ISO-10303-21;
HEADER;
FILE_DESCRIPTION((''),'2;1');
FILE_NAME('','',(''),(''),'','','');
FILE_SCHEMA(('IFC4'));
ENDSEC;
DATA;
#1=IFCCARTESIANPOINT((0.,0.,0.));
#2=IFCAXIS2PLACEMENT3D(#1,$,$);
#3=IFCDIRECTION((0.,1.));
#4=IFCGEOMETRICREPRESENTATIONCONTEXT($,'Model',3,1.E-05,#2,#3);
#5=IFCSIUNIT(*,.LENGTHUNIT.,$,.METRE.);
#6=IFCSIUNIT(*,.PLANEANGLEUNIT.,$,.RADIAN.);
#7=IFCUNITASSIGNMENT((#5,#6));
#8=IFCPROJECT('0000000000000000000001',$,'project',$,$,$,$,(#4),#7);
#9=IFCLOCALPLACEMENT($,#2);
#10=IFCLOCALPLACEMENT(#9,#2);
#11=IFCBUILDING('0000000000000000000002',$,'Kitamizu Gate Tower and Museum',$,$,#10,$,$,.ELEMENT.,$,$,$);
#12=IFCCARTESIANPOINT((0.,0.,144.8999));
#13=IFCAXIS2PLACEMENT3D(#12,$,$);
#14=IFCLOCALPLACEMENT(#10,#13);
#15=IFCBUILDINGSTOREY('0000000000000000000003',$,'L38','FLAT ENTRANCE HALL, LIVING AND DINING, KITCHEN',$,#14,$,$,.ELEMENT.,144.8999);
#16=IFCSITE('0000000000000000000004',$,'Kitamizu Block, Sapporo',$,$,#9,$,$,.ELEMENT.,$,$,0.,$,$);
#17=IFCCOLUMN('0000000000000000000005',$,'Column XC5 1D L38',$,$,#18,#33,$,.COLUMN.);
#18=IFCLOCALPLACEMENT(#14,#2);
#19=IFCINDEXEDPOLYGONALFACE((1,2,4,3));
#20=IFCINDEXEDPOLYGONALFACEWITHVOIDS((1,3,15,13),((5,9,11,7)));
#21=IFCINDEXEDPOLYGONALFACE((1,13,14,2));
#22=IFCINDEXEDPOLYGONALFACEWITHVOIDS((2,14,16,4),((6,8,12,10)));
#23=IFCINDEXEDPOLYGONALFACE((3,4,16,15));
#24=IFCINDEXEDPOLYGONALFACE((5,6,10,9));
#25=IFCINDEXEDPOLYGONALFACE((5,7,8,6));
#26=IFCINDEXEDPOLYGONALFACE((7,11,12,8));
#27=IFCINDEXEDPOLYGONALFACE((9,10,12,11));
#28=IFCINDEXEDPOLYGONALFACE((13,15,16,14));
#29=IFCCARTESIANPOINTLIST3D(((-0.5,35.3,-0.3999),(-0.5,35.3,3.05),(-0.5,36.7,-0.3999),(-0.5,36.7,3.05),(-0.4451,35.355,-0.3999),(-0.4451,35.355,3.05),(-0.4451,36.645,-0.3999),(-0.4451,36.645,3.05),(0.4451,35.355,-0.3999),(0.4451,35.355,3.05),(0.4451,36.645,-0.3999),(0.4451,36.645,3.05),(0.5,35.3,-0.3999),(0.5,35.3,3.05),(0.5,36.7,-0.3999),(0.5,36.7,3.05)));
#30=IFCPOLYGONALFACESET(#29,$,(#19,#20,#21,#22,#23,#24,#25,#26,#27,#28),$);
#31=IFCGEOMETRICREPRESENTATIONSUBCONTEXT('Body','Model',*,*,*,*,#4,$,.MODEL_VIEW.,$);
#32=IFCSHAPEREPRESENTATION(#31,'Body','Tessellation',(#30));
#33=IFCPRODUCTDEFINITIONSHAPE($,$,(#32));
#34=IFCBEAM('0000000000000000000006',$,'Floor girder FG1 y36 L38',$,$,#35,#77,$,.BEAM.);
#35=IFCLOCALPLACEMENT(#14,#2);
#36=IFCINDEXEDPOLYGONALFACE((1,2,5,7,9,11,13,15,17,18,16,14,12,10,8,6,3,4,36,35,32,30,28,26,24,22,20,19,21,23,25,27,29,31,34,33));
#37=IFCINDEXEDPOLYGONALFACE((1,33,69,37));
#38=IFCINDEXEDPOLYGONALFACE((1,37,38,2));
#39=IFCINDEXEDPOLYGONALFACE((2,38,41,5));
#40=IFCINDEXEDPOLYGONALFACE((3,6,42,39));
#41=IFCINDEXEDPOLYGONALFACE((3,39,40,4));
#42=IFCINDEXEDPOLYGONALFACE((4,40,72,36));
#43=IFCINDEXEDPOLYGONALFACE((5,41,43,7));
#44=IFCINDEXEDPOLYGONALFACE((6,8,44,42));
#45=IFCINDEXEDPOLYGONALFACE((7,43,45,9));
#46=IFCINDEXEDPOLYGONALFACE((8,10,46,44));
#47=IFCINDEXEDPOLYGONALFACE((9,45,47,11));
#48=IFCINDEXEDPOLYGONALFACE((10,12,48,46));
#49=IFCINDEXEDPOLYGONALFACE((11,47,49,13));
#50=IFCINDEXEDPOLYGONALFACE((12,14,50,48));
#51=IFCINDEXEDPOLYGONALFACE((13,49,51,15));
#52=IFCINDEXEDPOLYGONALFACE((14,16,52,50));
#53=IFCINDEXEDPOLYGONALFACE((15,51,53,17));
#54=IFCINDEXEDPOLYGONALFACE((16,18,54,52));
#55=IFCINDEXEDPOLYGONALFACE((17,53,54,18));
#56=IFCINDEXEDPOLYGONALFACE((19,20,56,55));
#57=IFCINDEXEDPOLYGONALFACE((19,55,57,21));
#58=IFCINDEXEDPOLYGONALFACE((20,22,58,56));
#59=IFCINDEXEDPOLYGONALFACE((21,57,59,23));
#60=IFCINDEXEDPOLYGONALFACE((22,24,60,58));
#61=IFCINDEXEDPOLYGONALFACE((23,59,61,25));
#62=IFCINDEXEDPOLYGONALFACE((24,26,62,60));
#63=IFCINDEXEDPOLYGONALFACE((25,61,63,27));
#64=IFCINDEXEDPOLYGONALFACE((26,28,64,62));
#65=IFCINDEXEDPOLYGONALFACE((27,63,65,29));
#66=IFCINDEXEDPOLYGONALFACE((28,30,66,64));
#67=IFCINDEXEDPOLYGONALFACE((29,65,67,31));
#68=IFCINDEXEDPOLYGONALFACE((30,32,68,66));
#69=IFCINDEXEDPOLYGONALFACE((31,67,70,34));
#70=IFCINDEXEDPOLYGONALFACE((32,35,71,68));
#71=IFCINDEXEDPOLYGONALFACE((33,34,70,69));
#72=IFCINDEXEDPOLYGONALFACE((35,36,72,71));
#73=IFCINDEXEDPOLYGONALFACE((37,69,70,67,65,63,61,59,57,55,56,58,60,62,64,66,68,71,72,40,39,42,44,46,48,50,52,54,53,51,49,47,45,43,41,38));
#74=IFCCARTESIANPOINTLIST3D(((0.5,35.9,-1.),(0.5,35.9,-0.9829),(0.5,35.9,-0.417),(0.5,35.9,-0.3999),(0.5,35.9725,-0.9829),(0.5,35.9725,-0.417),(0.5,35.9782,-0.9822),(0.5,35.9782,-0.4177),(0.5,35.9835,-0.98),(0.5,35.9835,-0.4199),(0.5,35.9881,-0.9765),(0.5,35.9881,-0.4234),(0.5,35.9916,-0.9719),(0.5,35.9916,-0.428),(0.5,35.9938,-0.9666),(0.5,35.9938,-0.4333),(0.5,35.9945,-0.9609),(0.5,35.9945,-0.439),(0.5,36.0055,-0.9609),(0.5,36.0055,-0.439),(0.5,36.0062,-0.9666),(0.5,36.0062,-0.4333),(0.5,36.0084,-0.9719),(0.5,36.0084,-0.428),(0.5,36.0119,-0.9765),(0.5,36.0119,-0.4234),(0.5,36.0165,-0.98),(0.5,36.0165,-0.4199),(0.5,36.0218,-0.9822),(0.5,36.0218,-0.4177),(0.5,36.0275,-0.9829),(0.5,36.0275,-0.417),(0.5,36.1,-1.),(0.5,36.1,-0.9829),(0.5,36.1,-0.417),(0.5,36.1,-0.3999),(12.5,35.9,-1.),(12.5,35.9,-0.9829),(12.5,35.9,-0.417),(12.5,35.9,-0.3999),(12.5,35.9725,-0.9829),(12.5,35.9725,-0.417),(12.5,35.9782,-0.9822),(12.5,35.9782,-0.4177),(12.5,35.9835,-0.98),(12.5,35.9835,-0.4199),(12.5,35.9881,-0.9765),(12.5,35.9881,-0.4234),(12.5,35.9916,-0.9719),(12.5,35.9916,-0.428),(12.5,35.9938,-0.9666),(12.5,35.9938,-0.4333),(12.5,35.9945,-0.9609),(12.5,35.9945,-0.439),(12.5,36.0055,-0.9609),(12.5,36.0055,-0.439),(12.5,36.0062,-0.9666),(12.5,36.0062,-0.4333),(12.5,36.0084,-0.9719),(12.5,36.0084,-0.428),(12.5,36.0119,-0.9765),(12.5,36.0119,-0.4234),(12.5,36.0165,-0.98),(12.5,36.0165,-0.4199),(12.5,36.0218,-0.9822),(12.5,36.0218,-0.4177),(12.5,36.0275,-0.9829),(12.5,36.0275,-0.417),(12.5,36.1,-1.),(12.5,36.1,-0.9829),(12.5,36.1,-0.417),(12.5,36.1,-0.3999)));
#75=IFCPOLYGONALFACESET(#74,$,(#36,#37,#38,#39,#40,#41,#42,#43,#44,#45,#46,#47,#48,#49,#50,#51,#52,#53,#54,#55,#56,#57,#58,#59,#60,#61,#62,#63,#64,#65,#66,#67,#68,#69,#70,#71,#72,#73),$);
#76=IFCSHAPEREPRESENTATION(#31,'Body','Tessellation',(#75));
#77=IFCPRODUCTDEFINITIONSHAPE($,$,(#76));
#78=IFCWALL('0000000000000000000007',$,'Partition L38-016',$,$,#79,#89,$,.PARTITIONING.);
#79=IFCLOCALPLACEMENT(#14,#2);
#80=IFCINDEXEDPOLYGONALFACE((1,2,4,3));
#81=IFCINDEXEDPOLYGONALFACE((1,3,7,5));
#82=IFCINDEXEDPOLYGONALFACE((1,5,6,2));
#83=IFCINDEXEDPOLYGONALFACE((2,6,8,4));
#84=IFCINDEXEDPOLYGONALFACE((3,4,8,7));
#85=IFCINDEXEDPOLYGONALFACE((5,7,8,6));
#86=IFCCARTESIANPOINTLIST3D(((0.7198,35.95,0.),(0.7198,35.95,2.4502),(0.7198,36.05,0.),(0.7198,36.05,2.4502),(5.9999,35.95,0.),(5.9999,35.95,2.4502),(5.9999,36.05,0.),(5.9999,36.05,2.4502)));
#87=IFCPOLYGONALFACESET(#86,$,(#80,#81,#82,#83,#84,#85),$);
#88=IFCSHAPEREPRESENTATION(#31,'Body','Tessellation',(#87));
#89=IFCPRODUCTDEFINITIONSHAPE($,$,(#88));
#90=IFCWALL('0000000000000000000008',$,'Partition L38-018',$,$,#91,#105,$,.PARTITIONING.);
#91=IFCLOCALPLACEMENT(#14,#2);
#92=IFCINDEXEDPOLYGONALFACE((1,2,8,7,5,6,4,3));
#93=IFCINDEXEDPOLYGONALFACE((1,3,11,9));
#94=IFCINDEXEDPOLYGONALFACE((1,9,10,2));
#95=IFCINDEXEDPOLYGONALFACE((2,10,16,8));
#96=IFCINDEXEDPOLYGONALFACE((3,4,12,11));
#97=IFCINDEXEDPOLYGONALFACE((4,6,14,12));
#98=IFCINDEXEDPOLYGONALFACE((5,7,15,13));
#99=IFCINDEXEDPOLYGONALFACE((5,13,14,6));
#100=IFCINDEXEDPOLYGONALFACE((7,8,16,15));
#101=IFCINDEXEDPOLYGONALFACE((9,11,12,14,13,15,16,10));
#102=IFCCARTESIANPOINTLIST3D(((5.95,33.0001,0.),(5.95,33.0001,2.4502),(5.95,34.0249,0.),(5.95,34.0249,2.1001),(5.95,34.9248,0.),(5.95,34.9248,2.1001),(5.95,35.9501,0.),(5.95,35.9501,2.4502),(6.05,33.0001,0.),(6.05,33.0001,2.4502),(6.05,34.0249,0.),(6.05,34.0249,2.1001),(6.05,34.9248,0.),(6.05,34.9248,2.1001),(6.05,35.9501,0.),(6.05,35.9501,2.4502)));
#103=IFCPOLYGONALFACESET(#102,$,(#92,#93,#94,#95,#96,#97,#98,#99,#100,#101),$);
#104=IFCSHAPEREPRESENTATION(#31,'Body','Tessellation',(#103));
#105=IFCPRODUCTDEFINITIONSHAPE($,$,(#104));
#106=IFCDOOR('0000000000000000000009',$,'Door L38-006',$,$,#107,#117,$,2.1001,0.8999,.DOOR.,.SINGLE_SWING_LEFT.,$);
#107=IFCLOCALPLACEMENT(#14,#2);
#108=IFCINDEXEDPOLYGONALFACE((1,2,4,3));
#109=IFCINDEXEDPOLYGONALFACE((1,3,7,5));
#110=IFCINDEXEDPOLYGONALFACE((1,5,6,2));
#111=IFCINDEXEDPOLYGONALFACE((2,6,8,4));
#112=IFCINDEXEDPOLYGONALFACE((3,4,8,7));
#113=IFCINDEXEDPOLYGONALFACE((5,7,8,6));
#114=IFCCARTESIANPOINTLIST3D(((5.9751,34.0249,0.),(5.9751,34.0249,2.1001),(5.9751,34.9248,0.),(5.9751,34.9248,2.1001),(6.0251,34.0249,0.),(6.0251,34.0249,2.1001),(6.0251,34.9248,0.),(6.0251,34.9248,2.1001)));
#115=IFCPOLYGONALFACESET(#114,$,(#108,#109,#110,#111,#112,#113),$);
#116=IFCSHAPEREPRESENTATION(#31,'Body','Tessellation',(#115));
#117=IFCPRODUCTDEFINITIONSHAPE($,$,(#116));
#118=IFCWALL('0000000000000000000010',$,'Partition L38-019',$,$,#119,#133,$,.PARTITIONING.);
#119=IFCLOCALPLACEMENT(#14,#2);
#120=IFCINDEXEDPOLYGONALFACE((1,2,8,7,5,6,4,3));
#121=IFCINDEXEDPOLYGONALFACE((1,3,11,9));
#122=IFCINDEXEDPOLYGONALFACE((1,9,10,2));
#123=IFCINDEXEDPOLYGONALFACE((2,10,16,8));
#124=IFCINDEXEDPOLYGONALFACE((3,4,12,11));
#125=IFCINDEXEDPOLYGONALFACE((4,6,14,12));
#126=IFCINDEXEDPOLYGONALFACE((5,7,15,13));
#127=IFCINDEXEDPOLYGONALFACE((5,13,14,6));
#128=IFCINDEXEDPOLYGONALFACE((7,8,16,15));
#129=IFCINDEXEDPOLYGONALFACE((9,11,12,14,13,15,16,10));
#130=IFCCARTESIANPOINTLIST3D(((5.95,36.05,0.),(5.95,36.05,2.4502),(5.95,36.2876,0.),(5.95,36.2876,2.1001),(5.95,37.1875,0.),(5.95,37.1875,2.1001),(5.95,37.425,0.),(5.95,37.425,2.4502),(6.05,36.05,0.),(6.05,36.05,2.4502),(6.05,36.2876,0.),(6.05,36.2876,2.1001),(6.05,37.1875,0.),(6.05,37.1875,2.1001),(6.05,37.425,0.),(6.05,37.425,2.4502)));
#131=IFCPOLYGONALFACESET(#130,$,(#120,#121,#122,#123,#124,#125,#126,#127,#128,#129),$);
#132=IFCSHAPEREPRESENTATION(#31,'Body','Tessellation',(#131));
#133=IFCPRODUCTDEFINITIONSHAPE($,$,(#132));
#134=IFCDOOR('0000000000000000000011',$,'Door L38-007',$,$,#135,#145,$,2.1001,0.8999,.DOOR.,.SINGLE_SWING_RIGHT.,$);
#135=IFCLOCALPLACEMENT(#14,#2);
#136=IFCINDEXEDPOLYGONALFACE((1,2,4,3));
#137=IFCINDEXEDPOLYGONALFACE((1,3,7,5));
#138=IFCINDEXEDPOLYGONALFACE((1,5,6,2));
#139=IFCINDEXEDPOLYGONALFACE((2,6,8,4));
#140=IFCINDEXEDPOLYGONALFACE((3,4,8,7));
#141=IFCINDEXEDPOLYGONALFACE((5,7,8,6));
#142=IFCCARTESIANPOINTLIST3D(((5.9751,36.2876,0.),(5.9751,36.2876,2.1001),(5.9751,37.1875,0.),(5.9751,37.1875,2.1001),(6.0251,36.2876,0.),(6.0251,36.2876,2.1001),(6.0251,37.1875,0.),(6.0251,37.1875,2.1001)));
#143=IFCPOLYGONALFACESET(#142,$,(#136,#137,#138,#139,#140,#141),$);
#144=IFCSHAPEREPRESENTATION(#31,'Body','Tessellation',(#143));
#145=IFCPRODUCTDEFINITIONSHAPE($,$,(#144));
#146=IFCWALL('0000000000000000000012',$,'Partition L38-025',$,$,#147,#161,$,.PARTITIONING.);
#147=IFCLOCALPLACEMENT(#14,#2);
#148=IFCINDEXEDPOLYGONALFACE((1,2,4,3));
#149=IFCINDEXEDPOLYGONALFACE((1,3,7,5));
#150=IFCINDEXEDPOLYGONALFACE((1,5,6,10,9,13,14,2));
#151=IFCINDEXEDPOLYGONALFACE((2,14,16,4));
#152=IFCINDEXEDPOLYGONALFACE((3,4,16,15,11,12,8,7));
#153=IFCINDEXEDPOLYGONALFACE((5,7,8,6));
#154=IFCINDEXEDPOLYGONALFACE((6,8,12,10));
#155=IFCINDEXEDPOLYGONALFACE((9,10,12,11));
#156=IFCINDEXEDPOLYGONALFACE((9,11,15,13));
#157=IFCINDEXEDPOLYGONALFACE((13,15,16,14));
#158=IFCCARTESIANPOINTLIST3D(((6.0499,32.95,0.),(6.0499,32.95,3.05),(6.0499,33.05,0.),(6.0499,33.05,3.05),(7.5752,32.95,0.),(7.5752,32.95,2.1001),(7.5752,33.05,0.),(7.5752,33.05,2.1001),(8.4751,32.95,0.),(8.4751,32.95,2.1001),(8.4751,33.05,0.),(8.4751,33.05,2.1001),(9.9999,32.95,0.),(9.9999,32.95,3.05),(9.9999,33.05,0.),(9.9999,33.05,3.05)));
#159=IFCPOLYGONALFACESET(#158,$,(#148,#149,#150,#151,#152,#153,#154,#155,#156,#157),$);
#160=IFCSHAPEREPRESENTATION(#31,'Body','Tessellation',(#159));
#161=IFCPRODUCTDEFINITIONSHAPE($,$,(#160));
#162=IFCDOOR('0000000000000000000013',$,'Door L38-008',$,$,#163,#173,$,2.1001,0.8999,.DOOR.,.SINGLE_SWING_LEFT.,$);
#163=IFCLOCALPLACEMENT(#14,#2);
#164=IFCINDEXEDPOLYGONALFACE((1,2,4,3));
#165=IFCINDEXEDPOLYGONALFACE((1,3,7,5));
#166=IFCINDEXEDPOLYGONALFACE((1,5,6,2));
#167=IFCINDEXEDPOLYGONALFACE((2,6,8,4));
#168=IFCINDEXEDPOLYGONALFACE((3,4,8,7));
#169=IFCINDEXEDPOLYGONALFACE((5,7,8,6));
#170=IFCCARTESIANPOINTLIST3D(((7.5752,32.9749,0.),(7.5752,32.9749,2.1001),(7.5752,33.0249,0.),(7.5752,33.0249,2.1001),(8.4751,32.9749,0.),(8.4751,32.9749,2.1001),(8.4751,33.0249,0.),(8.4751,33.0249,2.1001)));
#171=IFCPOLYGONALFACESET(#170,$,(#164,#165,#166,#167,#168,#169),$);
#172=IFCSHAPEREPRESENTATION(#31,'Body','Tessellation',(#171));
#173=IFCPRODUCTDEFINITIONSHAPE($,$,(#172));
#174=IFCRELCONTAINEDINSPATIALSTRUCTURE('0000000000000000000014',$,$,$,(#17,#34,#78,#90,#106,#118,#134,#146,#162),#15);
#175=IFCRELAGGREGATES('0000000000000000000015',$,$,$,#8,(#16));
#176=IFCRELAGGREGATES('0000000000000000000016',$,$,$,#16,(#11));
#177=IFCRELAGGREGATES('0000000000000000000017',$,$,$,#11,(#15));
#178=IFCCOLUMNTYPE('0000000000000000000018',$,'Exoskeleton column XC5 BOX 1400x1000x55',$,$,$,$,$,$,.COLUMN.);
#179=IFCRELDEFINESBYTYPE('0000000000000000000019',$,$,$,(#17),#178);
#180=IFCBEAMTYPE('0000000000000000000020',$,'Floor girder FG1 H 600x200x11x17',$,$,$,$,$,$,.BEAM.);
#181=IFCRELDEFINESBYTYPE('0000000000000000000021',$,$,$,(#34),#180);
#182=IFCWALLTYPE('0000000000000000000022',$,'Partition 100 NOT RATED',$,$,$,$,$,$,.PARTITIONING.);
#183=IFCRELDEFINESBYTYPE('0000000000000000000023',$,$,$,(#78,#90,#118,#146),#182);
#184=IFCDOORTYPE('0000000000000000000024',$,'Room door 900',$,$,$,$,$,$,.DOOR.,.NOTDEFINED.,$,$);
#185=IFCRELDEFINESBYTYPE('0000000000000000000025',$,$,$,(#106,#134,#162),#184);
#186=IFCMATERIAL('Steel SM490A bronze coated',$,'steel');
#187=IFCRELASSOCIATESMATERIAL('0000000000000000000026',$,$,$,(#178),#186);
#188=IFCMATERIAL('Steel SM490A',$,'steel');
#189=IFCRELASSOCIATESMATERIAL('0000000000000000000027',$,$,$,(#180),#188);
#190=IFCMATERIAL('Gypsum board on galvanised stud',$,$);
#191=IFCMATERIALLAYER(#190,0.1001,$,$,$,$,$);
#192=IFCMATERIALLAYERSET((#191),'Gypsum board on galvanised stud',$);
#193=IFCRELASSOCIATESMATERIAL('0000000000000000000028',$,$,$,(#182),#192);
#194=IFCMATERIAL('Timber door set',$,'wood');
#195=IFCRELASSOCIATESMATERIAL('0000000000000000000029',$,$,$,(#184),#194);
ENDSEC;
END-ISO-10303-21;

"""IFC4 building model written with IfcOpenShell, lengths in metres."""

from ifc_helpers import new_model, si_unit, direction, frame, frame_2d, origin, origin_2d, place, context, subcontext, project, spatial, rectangle, hollow_rectangle, i_section, extrude, material, layer, layer_set, material_profile, profile_set, type_object, element, fill, save


model = new_model("IFC4")

# Units and contexts
model_context = context("Model", 3, precision=1e-05, world=origin(), true_north=direction((0.0, 1.0)))
body_context = subcontext(model_context, "Body", "Model", "MODEL_VIEW")
ifc_project = project(units=[si_unit("LENGTHUNIT", "METRE"), si_unit("PLANEANGLEUNIT", "RADIAN")], contexts=[model_context])

# Site, building, storey
site_placement = place(None, origin())
site = spatial("IfcSite", under=ifc_project, at=site_placement, Name="Kitamizu Block, Sapporo", CompositionType="ELEMENT", RefElevation=0.0)
building_placement = place(site_placement, origin())
building = spatial("IfcBuilding", under=site, at=building_placement, Name="Kitamizu Gate Tower and Museum", CompositionType="ELEMENT")
storey_placement = place(building_placement, frame((0.0, 0.0, 144.8999)))
storey = spatial("IfcBuildingStorey", under=building, at=storey_placement, Name="L38", Description="FLAT ENTRANCE HALL, LIVING AND DINING, KITCHEN", CompositionType="ELEMENT", Elevation=144.8999)

# Column
ifc_material_1 = material(Name="Steel SM490A bronze coated", Category="steel")
ifc_material_profile_1 = material_profile(ifc_material_1, hollow_rectangle(XDim=1.3999, YDim=1.0, WallThickness=0.0549, at=origin_2d()), Name="BOX 1400x1000x55")
ifc_profile_set_1 = profile_set([ifc_material_profile_1], Name="Steel SM490A bronze coated")
column_type = type_object("IfcColumnType", Name="Exoskeleton column XC5 BOX 1400x1000x55", PredefinedType="COLUMN", material=ifc_profile_set_1)
column_placement = place(storey_placement, frame((0.0, 36.0, -0.3999), z_axis=(0.0, 0.0, 1.0), x_axis=(0.0, 1.0, 0.0)))
element("IfcColumn", 1, at=column_placement, inside=storey, type_object=column_type, Name="Column XC5 1D L38", PredefinedType="COLUMN", context=body_context, shape_type="SweptSolid", body=[
    extrude(hollow_rectangle(XDim=1.3999, YDim=1.0, WallThickness=0.0549, at=origin_2d()), origin(), (0.0, 0.0, 1.0), 3.45),
])

# Beam
ifc_material_2 = material(Name="Steel SM490A", Category="steel")
ifc_material_profile_2 = material_profile(ifc_material_2, i_section(OverallWidth=0.2, OverallDepth=0.6001, WebThickness=0.011, FlangeThickness=0.0171, FilletRadius=0.022, at=origin_2d()), Name="H-600x200x11x17")
ifc_profile_set_2 = profile_set([ifc_material_profile_2], Name="Steel SM490A")
beam_type = type_object("IfcBeamType", Name="Floor girder FG1 H 600x200x11x17", PredefinedType="BEAM", material=ifc_profile_set_2)
beam_placement = place(storey_placement, frame((0.5, 36.0, -0.7), z_axis=(1.0, 0.0, 0.0), x_axis=(0.0, 1.0, 0.0)))
element("IfcBeam", 2, at=beam_placement, inside=storey, type_object=beam_type, Name="Floor girder FG1 y36 L38", PredefinedType="BEAM", context=body_context, shape_type="SweptSolid", body=[
    extrude(i_section(OverallWidth=0.2, OverallDepth=0.6001, WebThickness=0.011, FlangeThickness=0.0171, FilletRadius=0.022, at=origin_2d()), origin(), (0.0, 0.0, 1.0), 12.0),
])

# Wall
ifc_material_3 = material(Name="Gypsum board on galvanised stud")
ifc_layer_1 = layer(ifc_material_3, 0.1001)
ifc_layer_set_1 = layer_set([ifc_layer_1], Name="Gypsum board on galvanised stud")
wall_type_1 = type_object("IfcWallType", Name="Partition 100 NOT RATED", PredefinedType="PARTITIONING", material=ifc_layer_set_1)
wall_1_placement = place(storey_placement, frame((6.0, 36.0, 0.0), z_axis=(0.0, 0.0, 1.0), x_axis=(-1.0, 0.0, 0.0)))
element("IfcWall", 3, at=wall_1_placement, inside=storey, type_object=wall_type_1, Name="Partition L38-016", PredefinedType="PARTITIONING", context=body_context, shape_type="SweptSolid", body=[
    extrude(rectangle(XDim=5.28, YDim=0.1001, at=frame_2d((2.6401, 0.0))), origin(), (0.0, 0.0, 1.0), 2.4502),
])

# Walls, openings, doors
wall_2_placement = place(storey_placement, frame((6.0, 33.0, 0.0), z_axis=(0.0, 0.0, 1.0), x_axis=(0.0, 1.0, 0.0)))
wall_2 = element("IfcWall", 4, at=wall_2_placement, inside=storey, type_object=wall_type_1, Name="Partition L38-018", PredefinedType="PARTITIONING", context=body_context, shape_type="SweptSolid", body=[
    extrude(rectangle(XDim=2.95, YDim=0.1001, at=frame_2d((1.4751, 0.0))), origin(), (0.0, 0.0, 1.0), 2.4502),
])
opening_1_placement = place(wall_2_placement, frame((1.0249, 0.0, 0.0)))
opening_1 = element("IfcOpeningElement", 5, at=opening_1_placement, cuts=wall_2, PredefinedType="OPENING", context=body_context, shape_type="SweptSolid", body=[
    extrude(rectangle(XDim=0.8999, YDim=2.1001, at=frame_2d((0.45, 1.05))), frame((0.0, 0.0601, 0.0), z_axis=(0.0, -1.0, 0.0), x_axis=(1.0, 0.0, 0.0)), (0.0, 0.0, 1.0), 0.1201),
])
ifc_material_4 = material(Name="Timber door set", Category="wood")
door_type_1 = type_object("IfcDoorType", Name="Room door 900", OperationType="NOTDEFINED", PredefinedType="DOOR", material=ifc_material_4)
door_1_placement = place(opening_1_placement, origin())
door_1 = element("IfcDoor", 6, at=door_1_placement, inside=storey, type_object=door_type_1, Name="Door L38-006", OperationType="SINGLE_SWING_LEFT", OverallHeight=2.1001, OverallWidth=0.8999, PredefinedType="DOOR", context=body_context, shape_type="SweptSolid", body=[
    extrude(rectangle(XDim=0.8999, YDim=2.1001, at=frame_2d((0.45, 1.05))), frame((0.0, 0.0249, 0.0), z_axis=(0.0, -1.0, 0.0), x_axis=(1.0, 0.0, 0.0)), (0.0, 0.0, 1.0), 0.05),
])
fill(opening_1, door_1)
wall_3_placement = place(storey_placement, frame((6.0, 36.05, 0.0), z_axis=(0.0, 0.0, 1.0), x_axis=(0.0, 1.0, 0.0)))
wall_3 = element("IfcWall", 7, at=wall_3_placement, inside=storey, type_object=wall_type_1, Name="Partition L38-019", PredefinedType="PARTITIONING", context=body_context, shape_type="SweptSolid", body=[
    extrude(rectangle(XDim=1.375, YDim=0.1001, at=frame_2d((0.6875, 0.0))), origin(), (0.0, 0.0, 1.0), 2.4502),
])
opening_2_placement = place(wall_3_placement, frame((0.2375, 0.0, 0.0)))
opening_2 = element("IfcOpeningElement", 8, at=opening_2_placement, cuts=wall_3, PredefinedType="OPENING", context=body_context, shape_type="SweptSolid", body=[
    extrude(rectangle(XDim=0.8999, YDim=2.1001, at=frame_2d((0.45, 1.05))), frame((0.0, 0.0601, 0.0), z_axis=(0.0, -1.0, 0.0), x_axis=(1.0, 0.0, 0.0)), (0.0, 0.0, 1.0), 0.1201),
])
door_2_placement = place(opening_2_placement, origin())
door_2 = element("IfcDoor", 9, at=door_2_placement, inside=storey, type_object=door_type_1, Name="Door L38-007", OperationType="SINGLE_SWING_RIGHT", OverallHeight=2.1001, OverallWidth=0.8999, PredefinedType="DOOR", context=body_context, shape_type="SweptSolid", body=[
    extrude(rectangle(XDim=0.8999, YDim=2.1001, at=frame_2d((0.45, 1.05))), frame((0.0, 0.0249, 0.0), z_axis=(0.0, -1.0, 0.0), x_axis=(1.0, 0.0, 0.0)), (0.0, 0.0, 1.0), 0.05),
])
fill(opening_2, door_2)
wall_4_placement = place(storey_placement, frame((10.0, 33.0, 0.0), z_axis=(0.0, 0.0, 1.0), x_axis=(-1.0, 0.0, 0.0)))
wall_4 = element("IfcWall", 10, at=wall_4_placement, inside=storey, type_object=wall_type_1, Name="Partition L38-025", PredefinedType="PARTITIONING", context=body_context, shape_type="SweptSolid", body=[
    extrude(rectangle(XDim=3.95, YDim=0.1001, at=frame_2d((1.9751, 0.0))), origin(), (0.0, 0.0, 1.0), 3.05),
])
opening_3_placement = place(wall_4_placement, frame((1.5249, 0.0, 0.0)))
opening_3 = element("IfcOpeningElement", 11, at=opening_3_placement, cuts=wall_4, PredefinedType="OPENING", context=body_context, shape_type="SweptSolid", body=[
    extrude(rectangle(XDim=0.8999, YDim=2.1001, at=frame_2d((0.45, 1.05))), frame((0.0, 0.0601, 0.0), z_axis=(0.0, -1.0, 0.0), x_axis=(1.0, 0.0, 0.0)), (0.0, 0.0, 1.0), 0.1201),
])
door_3_placement = place(opening_3_placement, frame((0.8999, 0.0, 0.0), x_axis=(-1.0, 0.0, 0.0)))
door_3 = element("IfcDoor", 12, at=door_3_placement, inside=storey, type_object=door_type_1, Name="Door L38-008", OperationType="SINGLE_SWING_LEFT", OverallHeight=2.1001, OverallWidth=0.8999, PredefinedType="DOOR", context=body_context, shape_type="SweptSolid", body=[
    extrude(rectangle(XDim=0.8999, YDim=2.1001, at=frame_2d((0.45, 1.05))), frame((0.0, 0.0249, 0.0), z_axis=(0.0, -1.0, 0.0), x_axis=(1.0, 0.0, 0.0)), (0.0, 0.0, 1.0), 0.05),
])
fill(opening_3, door_3)

save(model, "model.ifc")
